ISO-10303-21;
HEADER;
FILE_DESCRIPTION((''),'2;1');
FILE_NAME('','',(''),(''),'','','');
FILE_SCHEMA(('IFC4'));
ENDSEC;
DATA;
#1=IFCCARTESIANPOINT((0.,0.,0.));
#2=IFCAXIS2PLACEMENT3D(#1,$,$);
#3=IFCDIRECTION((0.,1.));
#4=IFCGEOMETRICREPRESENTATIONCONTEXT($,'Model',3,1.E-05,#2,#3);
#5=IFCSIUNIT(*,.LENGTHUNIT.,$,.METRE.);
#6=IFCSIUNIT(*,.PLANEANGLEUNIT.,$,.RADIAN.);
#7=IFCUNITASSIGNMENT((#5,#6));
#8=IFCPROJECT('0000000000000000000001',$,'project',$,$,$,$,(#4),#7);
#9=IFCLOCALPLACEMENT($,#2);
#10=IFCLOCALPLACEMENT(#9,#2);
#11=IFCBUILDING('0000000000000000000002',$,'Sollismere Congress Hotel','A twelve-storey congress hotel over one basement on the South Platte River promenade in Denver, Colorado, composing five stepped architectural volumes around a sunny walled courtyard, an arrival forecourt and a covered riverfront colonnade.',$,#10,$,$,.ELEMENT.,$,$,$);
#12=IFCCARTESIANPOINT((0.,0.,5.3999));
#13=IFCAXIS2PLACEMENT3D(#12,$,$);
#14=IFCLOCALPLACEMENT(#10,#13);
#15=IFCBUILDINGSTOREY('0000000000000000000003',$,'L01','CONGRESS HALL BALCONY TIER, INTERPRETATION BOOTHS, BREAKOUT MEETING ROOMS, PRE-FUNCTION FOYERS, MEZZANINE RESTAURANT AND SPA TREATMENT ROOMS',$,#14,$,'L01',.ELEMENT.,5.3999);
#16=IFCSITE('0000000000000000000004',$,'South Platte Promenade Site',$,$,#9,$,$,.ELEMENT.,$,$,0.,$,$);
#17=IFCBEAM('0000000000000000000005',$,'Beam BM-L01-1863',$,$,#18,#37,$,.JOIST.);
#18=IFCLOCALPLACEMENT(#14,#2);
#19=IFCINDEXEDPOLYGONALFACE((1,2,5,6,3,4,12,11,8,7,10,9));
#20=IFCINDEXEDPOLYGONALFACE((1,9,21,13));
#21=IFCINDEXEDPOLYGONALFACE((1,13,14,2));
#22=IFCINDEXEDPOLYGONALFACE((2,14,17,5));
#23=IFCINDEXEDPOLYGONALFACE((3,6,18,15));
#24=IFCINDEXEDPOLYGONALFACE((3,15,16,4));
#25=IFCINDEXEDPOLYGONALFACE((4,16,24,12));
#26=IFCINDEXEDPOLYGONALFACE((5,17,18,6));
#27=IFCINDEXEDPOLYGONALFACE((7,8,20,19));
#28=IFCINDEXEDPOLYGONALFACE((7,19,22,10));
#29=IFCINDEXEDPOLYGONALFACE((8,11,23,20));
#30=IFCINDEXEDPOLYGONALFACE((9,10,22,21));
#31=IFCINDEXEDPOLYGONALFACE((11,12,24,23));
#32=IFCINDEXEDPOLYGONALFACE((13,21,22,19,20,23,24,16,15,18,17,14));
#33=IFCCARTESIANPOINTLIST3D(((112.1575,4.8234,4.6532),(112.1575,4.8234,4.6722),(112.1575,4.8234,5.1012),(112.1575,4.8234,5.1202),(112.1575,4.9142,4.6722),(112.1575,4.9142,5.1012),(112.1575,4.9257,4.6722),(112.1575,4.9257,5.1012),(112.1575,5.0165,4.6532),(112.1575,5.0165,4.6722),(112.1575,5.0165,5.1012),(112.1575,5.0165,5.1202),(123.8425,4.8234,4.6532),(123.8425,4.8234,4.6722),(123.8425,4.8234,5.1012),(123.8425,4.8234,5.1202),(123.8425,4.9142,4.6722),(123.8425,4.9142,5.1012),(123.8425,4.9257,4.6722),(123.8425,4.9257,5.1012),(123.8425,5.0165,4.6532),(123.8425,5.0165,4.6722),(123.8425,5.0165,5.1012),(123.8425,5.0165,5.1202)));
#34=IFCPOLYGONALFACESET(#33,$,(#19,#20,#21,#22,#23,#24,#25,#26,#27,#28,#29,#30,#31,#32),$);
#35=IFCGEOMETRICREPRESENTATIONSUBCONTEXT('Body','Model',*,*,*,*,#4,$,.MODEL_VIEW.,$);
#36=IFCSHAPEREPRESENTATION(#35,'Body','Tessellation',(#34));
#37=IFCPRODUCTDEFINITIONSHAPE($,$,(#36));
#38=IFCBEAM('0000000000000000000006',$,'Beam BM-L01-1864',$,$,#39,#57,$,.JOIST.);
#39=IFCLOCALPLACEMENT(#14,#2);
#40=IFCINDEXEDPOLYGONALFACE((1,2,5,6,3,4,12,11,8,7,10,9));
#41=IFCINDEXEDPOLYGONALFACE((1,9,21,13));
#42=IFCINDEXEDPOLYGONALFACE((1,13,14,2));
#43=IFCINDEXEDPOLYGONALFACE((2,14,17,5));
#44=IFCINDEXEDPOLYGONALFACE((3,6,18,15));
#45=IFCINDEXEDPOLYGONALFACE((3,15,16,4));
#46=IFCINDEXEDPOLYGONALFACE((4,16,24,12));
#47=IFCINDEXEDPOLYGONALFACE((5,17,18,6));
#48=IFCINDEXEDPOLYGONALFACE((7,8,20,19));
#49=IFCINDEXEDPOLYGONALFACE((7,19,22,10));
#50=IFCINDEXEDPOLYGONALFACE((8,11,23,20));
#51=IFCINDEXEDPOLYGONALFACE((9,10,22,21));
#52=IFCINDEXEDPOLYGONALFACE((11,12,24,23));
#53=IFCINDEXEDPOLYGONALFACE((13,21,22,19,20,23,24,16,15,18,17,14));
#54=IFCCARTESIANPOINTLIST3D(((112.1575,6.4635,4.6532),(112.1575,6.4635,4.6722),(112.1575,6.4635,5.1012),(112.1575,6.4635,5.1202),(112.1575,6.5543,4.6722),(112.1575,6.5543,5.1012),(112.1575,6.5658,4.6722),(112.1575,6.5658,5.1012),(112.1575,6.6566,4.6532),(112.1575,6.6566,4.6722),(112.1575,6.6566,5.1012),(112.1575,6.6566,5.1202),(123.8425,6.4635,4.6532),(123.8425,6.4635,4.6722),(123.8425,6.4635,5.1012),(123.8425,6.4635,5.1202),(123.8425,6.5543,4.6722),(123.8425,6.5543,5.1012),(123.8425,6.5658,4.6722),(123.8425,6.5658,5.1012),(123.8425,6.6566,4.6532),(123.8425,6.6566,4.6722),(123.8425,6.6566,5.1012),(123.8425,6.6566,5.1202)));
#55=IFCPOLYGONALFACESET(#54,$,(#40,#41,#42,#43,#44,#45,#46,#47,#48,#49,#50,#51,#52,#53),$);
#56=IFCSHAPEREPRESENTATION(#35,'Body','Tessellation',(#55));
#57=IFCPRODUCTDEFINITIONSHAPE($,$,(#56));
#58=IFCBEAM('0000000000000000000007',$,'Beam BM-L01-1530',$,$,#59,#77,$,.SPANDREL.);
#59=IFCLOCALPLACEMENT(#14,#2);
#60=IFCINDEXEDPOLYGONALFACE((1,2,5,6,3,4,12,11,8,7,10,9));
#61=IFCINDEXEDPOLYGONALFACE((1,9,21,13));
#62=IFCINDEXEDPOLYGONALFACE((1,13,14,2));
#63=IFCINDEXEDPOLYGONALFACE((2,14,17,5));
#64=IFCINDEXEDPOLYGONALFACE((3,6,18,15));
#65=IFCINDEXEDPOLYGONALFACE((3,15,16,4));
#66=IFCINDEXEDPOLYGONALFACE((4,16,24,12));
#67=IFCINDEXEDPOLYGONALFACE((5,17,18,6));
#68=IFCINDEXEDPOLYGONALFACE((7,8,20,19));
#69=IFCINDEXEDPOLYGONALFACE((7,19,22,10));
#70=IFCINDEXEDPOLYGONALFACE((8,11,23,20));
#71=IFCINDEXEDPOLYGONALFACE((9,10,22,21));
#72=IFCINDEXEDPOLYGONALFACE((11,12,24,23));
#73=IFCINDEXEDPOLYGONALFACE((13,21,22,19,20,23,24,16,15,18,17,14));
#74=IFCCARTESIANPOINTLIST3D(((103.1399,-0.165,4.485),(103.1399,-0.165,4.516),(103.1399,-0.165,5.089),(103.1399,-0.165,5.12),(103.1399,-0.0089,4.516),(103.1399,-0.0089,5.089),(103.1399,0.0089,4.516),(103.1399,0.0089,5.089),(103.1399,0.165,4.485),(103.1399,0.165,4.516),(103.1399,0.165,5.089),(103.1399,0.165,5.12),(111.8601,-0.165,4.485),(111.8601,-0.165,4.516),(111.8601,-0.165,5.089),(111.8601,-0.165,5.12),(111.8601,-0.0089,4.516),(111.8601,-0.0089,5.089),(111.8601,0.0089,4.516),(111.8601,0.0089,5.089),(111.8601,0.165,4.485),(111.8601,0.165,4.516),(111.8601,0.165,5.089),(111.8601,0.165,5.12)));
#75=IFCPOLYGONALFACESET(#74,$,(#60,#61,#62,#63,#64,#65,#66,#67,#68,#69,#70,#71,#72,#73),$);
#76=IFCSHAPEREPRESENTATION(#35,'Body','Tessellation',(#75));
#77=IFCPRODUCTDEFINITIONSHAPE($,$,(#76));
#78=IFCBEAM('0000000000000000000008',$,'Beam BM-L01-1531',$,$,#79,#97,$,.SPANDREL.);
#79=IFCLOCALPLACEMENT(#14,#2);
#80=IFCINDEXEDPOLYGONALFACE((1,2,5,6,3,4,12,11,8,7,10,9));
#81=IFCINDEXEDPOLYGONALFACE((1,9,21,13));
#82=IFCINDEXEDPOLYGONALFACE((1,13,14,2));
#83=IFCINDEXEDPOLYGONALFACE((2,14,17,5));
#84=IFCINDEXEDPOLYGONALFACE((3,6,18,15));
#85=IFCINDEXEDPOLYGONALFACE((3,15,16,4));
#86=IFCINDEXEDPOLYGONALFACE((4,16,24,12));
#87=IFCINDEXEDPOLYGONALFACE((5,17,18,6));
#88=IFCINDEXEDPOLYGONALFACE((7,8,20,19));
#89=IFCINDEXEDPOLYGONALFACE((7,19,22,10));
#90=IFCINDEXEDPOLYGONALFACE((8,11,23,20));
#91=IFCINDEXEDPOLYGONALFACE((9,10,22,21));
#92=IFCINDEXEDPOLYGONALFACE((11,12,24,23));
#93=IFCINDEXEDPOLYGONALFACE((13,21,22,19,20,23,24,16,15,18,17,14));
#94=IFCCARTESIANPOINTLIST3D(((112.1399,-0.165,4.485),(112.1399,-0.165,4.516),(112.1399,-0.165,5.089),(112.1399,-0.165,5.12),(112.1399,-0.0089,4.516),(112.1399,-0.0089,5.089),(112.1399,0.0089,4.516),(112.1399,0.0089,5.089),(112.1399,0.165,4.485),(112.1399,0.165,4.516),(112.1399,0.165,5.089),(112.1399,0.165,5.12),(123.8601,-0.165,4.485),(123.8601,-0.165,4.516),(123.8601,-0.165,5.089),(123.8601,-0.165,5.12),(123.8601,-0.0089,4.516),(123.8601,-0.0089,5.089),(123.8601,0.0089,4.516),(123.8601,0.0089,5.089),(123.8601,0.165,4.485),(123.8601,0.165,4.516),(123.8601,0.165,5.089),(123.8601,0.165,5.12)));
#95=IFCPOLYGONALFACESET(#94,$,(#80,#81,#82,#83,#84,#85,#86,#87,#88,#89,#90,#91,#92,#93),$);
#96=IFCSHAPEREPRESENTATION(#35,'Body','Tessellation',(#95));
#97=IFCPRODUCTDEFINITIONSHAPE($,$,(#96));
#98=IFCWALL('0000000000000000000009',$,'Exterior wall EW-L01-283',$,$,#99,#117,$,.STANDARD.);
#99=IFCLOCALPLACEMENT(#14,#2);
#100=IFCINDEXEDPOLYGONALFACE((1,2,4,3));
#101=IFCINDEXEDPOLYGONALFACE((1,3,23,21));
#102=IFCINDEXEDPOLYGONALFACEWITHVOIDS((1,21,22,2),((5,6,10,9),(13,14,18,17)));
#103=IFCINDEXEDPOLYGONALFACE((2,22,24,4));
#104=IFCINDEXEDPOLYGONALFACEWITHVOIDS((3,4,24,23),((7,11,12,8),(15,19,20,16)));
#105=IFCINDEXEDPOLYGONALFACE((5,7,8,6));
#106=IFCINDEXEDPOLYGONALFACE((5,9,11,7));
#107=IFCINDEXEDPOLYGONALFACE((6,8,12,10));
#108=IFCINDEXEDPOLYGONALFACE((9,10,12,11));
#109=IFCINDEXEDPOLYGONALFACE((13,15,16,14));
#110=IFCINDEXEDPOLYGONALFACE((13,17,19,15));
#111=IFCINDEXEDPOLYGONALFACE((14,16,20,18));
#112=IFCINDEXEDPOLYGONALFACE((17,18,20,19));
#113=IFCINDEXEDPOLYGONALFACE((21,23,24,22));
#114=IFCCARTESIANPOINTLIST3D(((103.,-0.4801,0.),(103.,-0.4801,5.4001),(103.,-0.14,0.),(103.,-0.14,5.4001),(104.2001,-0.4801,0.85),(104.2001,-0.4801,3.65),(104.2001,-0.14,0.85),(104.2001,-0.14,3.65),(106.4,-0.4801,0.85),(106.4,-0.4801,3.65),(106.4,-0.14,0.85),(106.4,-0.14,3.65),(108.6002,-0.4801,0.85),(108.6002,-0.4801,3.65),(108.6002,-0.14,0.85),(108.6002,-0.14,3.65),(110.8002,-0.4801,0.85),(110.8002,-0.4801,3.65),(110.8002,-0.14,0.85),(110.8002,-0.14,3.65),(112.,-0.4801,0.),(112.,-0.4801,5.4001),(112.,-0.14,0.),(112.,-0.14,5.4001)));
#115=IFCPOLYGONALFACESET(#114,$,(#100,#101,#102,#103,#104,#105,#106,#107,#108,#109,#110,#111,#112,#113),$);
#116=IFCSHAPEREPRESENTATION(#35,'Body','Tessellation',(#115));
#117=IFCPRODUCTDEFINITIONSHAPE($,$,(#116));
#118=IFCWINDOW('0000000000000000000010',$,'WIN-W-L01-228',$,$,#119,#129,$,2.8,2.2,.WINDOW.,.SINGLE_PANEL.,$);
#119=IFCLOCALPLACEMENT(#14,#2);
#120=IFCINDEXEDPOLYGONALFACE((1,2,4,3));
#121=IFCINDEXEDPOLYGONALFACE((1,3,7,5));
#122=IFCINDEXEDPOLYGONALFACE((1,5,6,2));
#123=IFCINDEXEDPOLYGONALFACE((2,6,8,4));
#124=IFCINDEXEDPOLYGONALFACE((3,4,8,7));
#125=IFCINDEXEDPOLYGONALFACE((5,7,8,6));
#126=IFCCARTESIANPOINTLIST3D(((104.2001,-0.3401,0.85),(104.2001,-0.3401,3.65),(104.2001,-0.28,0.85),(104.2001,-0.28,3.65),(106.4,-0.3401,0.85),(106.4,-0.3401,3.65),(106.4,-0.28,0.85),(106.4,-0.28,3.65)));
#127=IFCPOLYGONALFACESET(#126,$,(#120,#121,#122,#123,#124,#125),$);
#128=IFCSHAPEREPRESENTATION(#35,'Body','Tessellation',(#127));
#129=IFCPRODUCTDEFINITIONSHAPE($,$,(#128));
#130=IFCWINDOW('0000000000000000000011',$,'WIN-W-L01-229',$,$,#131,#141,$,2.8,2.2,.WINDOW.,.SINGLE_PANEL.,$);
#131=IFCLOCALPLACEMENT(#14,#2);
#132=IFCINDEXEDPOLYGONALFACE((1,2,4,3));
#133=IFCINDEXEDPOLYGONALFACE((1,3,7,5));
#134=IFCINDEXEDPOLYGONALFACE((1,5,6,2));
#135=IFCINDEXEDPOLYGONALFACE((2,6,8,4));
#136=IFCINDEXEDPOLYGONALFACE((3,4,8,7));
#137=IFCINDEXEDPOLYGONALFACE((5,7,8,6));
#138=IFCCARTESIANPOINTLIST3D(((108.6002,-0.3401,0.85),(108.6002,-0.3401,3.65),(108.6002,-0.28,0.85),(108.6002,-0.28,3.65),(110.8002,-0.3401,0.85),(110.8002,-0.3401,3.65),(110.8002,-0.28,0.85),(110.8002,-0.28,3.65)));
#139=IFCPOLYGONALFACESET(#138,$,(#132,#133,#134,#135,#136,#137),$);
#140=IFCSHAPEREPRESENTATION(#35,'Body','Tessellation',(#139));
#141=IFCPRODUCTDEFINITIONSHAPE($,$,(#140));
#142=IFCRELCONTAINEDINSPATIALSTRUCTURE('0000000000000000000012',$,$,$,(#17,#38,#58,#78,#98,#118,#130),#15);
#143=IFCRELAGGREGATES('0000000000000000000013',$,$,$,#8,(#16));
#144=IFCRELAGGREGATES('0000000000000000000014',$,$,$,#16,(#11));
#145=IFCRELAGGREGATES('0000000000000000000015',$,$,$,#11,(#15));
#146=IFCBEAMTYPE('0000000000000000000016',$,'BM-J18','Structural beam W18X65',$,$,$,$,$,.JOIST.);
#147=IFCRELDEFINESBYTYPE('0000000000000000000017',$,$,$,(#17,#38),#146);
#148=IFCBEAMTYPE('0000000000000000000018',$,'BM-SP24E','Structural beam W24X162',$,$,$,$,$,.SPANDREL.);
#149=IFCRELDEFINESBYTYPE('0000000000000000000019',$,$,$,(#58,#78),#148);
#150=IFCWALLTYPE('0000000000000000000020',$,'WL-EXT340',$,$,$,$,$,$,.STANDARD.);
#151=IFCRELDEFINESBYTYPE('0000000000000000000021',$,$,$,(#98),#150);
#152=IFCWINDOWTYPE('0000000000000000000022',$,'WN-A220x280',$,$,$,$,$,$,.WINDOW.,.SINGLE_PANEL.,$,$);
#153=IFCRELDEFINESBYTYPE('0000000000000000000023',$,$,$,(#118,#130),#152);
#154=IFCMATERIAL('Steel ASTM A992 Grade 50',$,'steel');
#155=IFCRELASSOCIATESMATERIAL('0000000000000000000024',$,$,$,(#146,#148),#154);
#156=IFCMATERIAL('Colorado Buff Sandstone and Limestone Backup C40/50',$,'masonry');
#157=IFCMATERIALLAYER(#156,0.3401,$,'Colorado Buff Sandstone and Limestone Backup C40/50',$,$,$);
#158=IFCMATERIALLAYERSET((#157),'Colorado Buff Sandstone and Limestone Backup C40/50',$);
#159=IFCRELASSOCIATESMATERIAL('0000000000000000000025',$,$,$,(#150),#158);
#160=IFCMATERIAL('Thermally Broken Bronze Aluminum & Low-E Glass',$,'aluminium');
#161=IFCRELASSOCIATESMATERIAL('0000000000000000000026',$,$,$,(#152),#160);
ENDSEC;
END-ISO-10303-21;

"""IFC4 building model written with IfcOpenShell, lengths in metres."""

from ifc_helpers import new_model, si_unit, direction, frame, frame_2d, origin, origin_2d, place, context, subcontext, project, spatial, rectangle, i_section, extrude, material, layer, layer_set, material_profile, profile_set, type_object, element, fill, save


model = new_model("IFC4")

# Units and contexts
model_context = context("Model", 3, precision=1e-05, world=origin(), true_north=direction((0.0, 1.0)))
body_context = subcontext(model_context, "Body", "Model", "MODEL_VIEW")
ifc_project = project(units=[si_unit("LENGTHUNIT", "METRE"), si_unit("PLANEANGLEUNIT", "RADIAN")], contexts=[model_context])

# Site, building, storey
site_placement = place(None, origin())
site = spatial("IfcSite", under=ifc_project, at=site_placement, Name="South Platte Promenade Site", CompositionType="ELEMENT", RefElevation=0.0)
building_placement = place(site_placement, origin())
building = spatial("IfcBuilding", under=site, at=building_placement, Name="Sollismere Congress Hotel", Description="A twelve-storey congress hotel over one basement on the South Platte River promenade in Denver, Colorado, composing five stepped architectural volumes around a sunny walled courtyard, an arrival forecourt and a covered riverfront colonnade.", CompositionType="ELEMENT")
storey_placement = place(building_placement, frame((0.0, 0.0, 5.3999)))
storey = spatial("IfcBuildingStorey", under=building, at=storey_placement, Name="L01", Description="CONGRESS HALL BALCONY TIER, INTERPRETATION BOOTHS, BREAKOUT MEETING ROOMS, PRE-FUNCTION FOYERS, MEZZANINE RESTAURANT AND SPA TREATMENT ROOMS", LongName="L01", CompositionType="ELEMENT", Elevation=5.3999)

# Shared definitions
ifc_material_1 = material(Name="Steel ASTM A992 Grade 50", Category="steel")

# Beams
ifc_material_profile_1 = material_profile(ifc_material_1, i_section(OverallWidth=0.1931, OverallDepth=0.467, WebThickness=0.0115, FlangeThickness=0.019, at=origin_2d()), Name="W18X65")
ifc_profile_set_1 = profile_set([ifc_material_profile_1], Name="Steel ASTM A992 Grade 50")
beam_type_1 = type_object("IfcBeamType", Name="BM-J18", Description="Structural beam W18X65", PredefinedType="JOIST", material=ifc_profile_set_1)
for number, where, z_axis, x_axis, name in (
    (1, (112.1575, 4.9199, 4.8867), (1.0, 0.0, 0.0), (0.0, 1.0, 0.0), "Beam BM-L01-1863"),
    (2, (112.1575, 6.5601, 4.8867), (1.0, 0.0, 0.0), (0.0, 1.0, 0.0), "Beam BM-L01-1864"),
):
    element("IfcBeam", number, at=place(storey_placement, frame(where, z_axis=z_axis, x_axis=x_axis)), inside=storey, type_object=beam_type_1, Name=name, PredefinedType="JOIST", context=body_context, shape_type="SweptSolid", body=[
        extrude(i_section(OverallWidth=0.1931, OverallDepth=0.467, WebThickness=0.0115, FlangeThickness=0.019, at=origin_2d()), origin(), (0.0, 0.0, 1.0), 11.6851),
    ])
ifc_material_profile_2 = material_profile(ifc_material_1, i_section(OverallWidth=0.3301, OverallDepth=0.635, WebThickness=0.0178, FlangeThickness=0.031, at=origin_2d()), Name="W24X162")
ifc_profile_set_2 = profile_set([ifc_material_profile_2], Name="Steel ASTM A992 Grade 50")
beam_type_2 = type_object("IfcBeamType", Name="BM-SP24E", Description="Structural beam W24X162", PredefinedType="SPANDREL", material=ifc_profile_set_2)
beam_1_placement = place(storey_placement, frame((103.1399, 0.0, 4.8025), z_axis=(1.0, 0.0, 0.0), x_axis=(0.0, 1.0, 0.0)))
element("IfcBeam", 3, at=beam_1_placement, inside=storey, type_object=beam_type_2, Name="Beam BM-L01-1530", PredefinedType="SPANDREL", context=body_context, shape_type="SweptSolid", body=[
    extrude(i_section(OverallWidth=0.3301, OverallDepth=0.635, WebThickness=0.0178, FlangeThickness=0.031, at=origin_2d()), origin(), (0.0, 0.0, 1.0), 8.7202),
])
beam_2_placement = place(storey_placement, frame((112.1399, 0.0, 4.8025), z_axis=(1.0, 0.0, 0.0), x_axis=(0.0, 1.0, 0.0)))
element("IfcBeam", 4, at=beam_2_placement, inside=storey, type_object=beam_type_2, Name="Beam BM-L01-1531", PredefinedType="SPANDREL", context=body_context, shape_type="SweptSolid", body=[
    extrude(i_section(OverallWidth=0.3301, OverallDepth=0.635, WebThickness=0.0178, FlangeThickness=0.031, at=origin_2d()), origin(), (0.0, 0.0, 1.0), 11.7202),
])

# Wall, openings, windows
ifc_material_2 = material(Name="Colorado Buff Sandstone and Limestone Backup C40/50", Category="masonry")
ifc_layer_1 = layer(ifc_material_2, 0.3401, Name="Colorado Buff Sandstone and Limestone Backup C40/50")
ifc_layer_set_1 = layer_set([ifc_layer_1], Name="Colorado Buff Sandstone and Limestone Backup C40/50")
wall_type_1 = type_object("IfcWallType", Name="WL-EXT340", PredefinedType="STANDARD", material=ifc_layer_set_1)
wall_1_placement = place(storey_placement, frame((103.0, -0.3101, 0.0), z_axis=(0.0, 0.0, 1.0), x_axis=(1.0, 0.0, 0.0)))
wall_1 = element("IfcWall", 5, at=wall_1_placement, inside=storey, type_object=wall_type_1, Name="Exterior wall EW-L01-283", PredefinedType="STANDARD", context=body_context, shape_type="SweptSolid", body=[
    extrude(rectangle(XDim=9.0, YDim=0.3401, at=frame_2d((4.5, 0.0))), origin(), (0.0, 0.0, 1.0), 5.4001),
])
opening_1_placement = place(wall_1_placement, frame((1.2, 0.0, 0.8501)))
opening_1 = element("IfcOpeningElement", 6, at=opening_1_placement, cuts=wall_1, PredefinedType="OPENING", context=body_context, shape_type="SweptSolid", body=[
    extrude(rectangle(XDim=2.2, YDim=2.8, at=frame_2d((1.1001, 1.3999))), frame((0.0, 0.1799, 0.0), z_axis=(0.0, -1.0, 0.0), x_axis=(1.0, 0.0, 0.0)), (0.0, 0.0, 1.0), 0.3601),
])
opening_2_placement = place(wall_1_placement, frame((5.6001, 0.0, 0.8501)))
opening_2 = element("IfcOpeningElement", 7, at=opening_2_placement, cuts=wall_1, PredefinedType="OPENING", context=body_context, shape_type="SweptSolid", body=[
    extrude(rectangle(XDim=2.2, YDim=2.8, at=frame_2d((1.1001, 1.3999))), frame((0.0, 0.1799, 0.0), z_axis=(0.0, -1.0, 0.0), x_axis=(1.0, 0.0, 0.0)), (0.0, 0.0, 1.0), 0.3601),
])
ifc_material_3 = material(Name="Thermally Broken Bronze Aluminum & Low-E Glass", Category="aluminium")
window_type = type_object("IfcWindowType", Name="WN-A220x280", PartitioningType="SINGLE_PANEL", PredefinedType="WINDOW", material=ifc_material_3)
window_1_placement = place(opening_1_placement, origin())
window_1 = element("IfcWindow", 8, at=window_1_placement, inside=storey, type_object=window_type, Name="WIN-W-L01-228", OverallHeight=2.8, OverallWidth=2.2, PartitioningType="SINGLE_PANEL", PredefinedType="WINDOW", context=body_context, shape_type="SweptSolid", body=[
    extrude(rectangle(XDim=2.2, YDim=2.8, at=frame_2d((1.1001, 1.3999))), frame((0.0, 0.03, 0.0), z_axis=(0.0, -1.0, 0.0), x_axis=(1.0, 0.0, 0.0)), (0.0, 0.0, 1.0), 0.0601),
])
fill(opening_1, window_1)
window_2_placement = place(opening_2_placement, origin())
window_2 = element("IfcWindow", 9, at=window_2_placement, inside=storey, type_object=window_type, Name="WIN-W-L01-229", OverallHeight=2.8, OverallWidth=2.2, PartitioningType="SINGLE_PANEL", PredefinedType="WINDOW", context=body_context, shape_type="SweptSolid", body=[
    extrude(rectangle(XDim=2.2, YDim=2.8, at=frame_2d((1.1001, 1.3999))), frame((0.0, 0.03, 0.0), z_axis=(0.0, -1.0, 0.0), x_axis=(1.0, 0.0, 0.0)), (0.0, 0.0, 1.0), 0.0601),
])
fill(opening_2, window_2)

save(model, "model.ifc")
